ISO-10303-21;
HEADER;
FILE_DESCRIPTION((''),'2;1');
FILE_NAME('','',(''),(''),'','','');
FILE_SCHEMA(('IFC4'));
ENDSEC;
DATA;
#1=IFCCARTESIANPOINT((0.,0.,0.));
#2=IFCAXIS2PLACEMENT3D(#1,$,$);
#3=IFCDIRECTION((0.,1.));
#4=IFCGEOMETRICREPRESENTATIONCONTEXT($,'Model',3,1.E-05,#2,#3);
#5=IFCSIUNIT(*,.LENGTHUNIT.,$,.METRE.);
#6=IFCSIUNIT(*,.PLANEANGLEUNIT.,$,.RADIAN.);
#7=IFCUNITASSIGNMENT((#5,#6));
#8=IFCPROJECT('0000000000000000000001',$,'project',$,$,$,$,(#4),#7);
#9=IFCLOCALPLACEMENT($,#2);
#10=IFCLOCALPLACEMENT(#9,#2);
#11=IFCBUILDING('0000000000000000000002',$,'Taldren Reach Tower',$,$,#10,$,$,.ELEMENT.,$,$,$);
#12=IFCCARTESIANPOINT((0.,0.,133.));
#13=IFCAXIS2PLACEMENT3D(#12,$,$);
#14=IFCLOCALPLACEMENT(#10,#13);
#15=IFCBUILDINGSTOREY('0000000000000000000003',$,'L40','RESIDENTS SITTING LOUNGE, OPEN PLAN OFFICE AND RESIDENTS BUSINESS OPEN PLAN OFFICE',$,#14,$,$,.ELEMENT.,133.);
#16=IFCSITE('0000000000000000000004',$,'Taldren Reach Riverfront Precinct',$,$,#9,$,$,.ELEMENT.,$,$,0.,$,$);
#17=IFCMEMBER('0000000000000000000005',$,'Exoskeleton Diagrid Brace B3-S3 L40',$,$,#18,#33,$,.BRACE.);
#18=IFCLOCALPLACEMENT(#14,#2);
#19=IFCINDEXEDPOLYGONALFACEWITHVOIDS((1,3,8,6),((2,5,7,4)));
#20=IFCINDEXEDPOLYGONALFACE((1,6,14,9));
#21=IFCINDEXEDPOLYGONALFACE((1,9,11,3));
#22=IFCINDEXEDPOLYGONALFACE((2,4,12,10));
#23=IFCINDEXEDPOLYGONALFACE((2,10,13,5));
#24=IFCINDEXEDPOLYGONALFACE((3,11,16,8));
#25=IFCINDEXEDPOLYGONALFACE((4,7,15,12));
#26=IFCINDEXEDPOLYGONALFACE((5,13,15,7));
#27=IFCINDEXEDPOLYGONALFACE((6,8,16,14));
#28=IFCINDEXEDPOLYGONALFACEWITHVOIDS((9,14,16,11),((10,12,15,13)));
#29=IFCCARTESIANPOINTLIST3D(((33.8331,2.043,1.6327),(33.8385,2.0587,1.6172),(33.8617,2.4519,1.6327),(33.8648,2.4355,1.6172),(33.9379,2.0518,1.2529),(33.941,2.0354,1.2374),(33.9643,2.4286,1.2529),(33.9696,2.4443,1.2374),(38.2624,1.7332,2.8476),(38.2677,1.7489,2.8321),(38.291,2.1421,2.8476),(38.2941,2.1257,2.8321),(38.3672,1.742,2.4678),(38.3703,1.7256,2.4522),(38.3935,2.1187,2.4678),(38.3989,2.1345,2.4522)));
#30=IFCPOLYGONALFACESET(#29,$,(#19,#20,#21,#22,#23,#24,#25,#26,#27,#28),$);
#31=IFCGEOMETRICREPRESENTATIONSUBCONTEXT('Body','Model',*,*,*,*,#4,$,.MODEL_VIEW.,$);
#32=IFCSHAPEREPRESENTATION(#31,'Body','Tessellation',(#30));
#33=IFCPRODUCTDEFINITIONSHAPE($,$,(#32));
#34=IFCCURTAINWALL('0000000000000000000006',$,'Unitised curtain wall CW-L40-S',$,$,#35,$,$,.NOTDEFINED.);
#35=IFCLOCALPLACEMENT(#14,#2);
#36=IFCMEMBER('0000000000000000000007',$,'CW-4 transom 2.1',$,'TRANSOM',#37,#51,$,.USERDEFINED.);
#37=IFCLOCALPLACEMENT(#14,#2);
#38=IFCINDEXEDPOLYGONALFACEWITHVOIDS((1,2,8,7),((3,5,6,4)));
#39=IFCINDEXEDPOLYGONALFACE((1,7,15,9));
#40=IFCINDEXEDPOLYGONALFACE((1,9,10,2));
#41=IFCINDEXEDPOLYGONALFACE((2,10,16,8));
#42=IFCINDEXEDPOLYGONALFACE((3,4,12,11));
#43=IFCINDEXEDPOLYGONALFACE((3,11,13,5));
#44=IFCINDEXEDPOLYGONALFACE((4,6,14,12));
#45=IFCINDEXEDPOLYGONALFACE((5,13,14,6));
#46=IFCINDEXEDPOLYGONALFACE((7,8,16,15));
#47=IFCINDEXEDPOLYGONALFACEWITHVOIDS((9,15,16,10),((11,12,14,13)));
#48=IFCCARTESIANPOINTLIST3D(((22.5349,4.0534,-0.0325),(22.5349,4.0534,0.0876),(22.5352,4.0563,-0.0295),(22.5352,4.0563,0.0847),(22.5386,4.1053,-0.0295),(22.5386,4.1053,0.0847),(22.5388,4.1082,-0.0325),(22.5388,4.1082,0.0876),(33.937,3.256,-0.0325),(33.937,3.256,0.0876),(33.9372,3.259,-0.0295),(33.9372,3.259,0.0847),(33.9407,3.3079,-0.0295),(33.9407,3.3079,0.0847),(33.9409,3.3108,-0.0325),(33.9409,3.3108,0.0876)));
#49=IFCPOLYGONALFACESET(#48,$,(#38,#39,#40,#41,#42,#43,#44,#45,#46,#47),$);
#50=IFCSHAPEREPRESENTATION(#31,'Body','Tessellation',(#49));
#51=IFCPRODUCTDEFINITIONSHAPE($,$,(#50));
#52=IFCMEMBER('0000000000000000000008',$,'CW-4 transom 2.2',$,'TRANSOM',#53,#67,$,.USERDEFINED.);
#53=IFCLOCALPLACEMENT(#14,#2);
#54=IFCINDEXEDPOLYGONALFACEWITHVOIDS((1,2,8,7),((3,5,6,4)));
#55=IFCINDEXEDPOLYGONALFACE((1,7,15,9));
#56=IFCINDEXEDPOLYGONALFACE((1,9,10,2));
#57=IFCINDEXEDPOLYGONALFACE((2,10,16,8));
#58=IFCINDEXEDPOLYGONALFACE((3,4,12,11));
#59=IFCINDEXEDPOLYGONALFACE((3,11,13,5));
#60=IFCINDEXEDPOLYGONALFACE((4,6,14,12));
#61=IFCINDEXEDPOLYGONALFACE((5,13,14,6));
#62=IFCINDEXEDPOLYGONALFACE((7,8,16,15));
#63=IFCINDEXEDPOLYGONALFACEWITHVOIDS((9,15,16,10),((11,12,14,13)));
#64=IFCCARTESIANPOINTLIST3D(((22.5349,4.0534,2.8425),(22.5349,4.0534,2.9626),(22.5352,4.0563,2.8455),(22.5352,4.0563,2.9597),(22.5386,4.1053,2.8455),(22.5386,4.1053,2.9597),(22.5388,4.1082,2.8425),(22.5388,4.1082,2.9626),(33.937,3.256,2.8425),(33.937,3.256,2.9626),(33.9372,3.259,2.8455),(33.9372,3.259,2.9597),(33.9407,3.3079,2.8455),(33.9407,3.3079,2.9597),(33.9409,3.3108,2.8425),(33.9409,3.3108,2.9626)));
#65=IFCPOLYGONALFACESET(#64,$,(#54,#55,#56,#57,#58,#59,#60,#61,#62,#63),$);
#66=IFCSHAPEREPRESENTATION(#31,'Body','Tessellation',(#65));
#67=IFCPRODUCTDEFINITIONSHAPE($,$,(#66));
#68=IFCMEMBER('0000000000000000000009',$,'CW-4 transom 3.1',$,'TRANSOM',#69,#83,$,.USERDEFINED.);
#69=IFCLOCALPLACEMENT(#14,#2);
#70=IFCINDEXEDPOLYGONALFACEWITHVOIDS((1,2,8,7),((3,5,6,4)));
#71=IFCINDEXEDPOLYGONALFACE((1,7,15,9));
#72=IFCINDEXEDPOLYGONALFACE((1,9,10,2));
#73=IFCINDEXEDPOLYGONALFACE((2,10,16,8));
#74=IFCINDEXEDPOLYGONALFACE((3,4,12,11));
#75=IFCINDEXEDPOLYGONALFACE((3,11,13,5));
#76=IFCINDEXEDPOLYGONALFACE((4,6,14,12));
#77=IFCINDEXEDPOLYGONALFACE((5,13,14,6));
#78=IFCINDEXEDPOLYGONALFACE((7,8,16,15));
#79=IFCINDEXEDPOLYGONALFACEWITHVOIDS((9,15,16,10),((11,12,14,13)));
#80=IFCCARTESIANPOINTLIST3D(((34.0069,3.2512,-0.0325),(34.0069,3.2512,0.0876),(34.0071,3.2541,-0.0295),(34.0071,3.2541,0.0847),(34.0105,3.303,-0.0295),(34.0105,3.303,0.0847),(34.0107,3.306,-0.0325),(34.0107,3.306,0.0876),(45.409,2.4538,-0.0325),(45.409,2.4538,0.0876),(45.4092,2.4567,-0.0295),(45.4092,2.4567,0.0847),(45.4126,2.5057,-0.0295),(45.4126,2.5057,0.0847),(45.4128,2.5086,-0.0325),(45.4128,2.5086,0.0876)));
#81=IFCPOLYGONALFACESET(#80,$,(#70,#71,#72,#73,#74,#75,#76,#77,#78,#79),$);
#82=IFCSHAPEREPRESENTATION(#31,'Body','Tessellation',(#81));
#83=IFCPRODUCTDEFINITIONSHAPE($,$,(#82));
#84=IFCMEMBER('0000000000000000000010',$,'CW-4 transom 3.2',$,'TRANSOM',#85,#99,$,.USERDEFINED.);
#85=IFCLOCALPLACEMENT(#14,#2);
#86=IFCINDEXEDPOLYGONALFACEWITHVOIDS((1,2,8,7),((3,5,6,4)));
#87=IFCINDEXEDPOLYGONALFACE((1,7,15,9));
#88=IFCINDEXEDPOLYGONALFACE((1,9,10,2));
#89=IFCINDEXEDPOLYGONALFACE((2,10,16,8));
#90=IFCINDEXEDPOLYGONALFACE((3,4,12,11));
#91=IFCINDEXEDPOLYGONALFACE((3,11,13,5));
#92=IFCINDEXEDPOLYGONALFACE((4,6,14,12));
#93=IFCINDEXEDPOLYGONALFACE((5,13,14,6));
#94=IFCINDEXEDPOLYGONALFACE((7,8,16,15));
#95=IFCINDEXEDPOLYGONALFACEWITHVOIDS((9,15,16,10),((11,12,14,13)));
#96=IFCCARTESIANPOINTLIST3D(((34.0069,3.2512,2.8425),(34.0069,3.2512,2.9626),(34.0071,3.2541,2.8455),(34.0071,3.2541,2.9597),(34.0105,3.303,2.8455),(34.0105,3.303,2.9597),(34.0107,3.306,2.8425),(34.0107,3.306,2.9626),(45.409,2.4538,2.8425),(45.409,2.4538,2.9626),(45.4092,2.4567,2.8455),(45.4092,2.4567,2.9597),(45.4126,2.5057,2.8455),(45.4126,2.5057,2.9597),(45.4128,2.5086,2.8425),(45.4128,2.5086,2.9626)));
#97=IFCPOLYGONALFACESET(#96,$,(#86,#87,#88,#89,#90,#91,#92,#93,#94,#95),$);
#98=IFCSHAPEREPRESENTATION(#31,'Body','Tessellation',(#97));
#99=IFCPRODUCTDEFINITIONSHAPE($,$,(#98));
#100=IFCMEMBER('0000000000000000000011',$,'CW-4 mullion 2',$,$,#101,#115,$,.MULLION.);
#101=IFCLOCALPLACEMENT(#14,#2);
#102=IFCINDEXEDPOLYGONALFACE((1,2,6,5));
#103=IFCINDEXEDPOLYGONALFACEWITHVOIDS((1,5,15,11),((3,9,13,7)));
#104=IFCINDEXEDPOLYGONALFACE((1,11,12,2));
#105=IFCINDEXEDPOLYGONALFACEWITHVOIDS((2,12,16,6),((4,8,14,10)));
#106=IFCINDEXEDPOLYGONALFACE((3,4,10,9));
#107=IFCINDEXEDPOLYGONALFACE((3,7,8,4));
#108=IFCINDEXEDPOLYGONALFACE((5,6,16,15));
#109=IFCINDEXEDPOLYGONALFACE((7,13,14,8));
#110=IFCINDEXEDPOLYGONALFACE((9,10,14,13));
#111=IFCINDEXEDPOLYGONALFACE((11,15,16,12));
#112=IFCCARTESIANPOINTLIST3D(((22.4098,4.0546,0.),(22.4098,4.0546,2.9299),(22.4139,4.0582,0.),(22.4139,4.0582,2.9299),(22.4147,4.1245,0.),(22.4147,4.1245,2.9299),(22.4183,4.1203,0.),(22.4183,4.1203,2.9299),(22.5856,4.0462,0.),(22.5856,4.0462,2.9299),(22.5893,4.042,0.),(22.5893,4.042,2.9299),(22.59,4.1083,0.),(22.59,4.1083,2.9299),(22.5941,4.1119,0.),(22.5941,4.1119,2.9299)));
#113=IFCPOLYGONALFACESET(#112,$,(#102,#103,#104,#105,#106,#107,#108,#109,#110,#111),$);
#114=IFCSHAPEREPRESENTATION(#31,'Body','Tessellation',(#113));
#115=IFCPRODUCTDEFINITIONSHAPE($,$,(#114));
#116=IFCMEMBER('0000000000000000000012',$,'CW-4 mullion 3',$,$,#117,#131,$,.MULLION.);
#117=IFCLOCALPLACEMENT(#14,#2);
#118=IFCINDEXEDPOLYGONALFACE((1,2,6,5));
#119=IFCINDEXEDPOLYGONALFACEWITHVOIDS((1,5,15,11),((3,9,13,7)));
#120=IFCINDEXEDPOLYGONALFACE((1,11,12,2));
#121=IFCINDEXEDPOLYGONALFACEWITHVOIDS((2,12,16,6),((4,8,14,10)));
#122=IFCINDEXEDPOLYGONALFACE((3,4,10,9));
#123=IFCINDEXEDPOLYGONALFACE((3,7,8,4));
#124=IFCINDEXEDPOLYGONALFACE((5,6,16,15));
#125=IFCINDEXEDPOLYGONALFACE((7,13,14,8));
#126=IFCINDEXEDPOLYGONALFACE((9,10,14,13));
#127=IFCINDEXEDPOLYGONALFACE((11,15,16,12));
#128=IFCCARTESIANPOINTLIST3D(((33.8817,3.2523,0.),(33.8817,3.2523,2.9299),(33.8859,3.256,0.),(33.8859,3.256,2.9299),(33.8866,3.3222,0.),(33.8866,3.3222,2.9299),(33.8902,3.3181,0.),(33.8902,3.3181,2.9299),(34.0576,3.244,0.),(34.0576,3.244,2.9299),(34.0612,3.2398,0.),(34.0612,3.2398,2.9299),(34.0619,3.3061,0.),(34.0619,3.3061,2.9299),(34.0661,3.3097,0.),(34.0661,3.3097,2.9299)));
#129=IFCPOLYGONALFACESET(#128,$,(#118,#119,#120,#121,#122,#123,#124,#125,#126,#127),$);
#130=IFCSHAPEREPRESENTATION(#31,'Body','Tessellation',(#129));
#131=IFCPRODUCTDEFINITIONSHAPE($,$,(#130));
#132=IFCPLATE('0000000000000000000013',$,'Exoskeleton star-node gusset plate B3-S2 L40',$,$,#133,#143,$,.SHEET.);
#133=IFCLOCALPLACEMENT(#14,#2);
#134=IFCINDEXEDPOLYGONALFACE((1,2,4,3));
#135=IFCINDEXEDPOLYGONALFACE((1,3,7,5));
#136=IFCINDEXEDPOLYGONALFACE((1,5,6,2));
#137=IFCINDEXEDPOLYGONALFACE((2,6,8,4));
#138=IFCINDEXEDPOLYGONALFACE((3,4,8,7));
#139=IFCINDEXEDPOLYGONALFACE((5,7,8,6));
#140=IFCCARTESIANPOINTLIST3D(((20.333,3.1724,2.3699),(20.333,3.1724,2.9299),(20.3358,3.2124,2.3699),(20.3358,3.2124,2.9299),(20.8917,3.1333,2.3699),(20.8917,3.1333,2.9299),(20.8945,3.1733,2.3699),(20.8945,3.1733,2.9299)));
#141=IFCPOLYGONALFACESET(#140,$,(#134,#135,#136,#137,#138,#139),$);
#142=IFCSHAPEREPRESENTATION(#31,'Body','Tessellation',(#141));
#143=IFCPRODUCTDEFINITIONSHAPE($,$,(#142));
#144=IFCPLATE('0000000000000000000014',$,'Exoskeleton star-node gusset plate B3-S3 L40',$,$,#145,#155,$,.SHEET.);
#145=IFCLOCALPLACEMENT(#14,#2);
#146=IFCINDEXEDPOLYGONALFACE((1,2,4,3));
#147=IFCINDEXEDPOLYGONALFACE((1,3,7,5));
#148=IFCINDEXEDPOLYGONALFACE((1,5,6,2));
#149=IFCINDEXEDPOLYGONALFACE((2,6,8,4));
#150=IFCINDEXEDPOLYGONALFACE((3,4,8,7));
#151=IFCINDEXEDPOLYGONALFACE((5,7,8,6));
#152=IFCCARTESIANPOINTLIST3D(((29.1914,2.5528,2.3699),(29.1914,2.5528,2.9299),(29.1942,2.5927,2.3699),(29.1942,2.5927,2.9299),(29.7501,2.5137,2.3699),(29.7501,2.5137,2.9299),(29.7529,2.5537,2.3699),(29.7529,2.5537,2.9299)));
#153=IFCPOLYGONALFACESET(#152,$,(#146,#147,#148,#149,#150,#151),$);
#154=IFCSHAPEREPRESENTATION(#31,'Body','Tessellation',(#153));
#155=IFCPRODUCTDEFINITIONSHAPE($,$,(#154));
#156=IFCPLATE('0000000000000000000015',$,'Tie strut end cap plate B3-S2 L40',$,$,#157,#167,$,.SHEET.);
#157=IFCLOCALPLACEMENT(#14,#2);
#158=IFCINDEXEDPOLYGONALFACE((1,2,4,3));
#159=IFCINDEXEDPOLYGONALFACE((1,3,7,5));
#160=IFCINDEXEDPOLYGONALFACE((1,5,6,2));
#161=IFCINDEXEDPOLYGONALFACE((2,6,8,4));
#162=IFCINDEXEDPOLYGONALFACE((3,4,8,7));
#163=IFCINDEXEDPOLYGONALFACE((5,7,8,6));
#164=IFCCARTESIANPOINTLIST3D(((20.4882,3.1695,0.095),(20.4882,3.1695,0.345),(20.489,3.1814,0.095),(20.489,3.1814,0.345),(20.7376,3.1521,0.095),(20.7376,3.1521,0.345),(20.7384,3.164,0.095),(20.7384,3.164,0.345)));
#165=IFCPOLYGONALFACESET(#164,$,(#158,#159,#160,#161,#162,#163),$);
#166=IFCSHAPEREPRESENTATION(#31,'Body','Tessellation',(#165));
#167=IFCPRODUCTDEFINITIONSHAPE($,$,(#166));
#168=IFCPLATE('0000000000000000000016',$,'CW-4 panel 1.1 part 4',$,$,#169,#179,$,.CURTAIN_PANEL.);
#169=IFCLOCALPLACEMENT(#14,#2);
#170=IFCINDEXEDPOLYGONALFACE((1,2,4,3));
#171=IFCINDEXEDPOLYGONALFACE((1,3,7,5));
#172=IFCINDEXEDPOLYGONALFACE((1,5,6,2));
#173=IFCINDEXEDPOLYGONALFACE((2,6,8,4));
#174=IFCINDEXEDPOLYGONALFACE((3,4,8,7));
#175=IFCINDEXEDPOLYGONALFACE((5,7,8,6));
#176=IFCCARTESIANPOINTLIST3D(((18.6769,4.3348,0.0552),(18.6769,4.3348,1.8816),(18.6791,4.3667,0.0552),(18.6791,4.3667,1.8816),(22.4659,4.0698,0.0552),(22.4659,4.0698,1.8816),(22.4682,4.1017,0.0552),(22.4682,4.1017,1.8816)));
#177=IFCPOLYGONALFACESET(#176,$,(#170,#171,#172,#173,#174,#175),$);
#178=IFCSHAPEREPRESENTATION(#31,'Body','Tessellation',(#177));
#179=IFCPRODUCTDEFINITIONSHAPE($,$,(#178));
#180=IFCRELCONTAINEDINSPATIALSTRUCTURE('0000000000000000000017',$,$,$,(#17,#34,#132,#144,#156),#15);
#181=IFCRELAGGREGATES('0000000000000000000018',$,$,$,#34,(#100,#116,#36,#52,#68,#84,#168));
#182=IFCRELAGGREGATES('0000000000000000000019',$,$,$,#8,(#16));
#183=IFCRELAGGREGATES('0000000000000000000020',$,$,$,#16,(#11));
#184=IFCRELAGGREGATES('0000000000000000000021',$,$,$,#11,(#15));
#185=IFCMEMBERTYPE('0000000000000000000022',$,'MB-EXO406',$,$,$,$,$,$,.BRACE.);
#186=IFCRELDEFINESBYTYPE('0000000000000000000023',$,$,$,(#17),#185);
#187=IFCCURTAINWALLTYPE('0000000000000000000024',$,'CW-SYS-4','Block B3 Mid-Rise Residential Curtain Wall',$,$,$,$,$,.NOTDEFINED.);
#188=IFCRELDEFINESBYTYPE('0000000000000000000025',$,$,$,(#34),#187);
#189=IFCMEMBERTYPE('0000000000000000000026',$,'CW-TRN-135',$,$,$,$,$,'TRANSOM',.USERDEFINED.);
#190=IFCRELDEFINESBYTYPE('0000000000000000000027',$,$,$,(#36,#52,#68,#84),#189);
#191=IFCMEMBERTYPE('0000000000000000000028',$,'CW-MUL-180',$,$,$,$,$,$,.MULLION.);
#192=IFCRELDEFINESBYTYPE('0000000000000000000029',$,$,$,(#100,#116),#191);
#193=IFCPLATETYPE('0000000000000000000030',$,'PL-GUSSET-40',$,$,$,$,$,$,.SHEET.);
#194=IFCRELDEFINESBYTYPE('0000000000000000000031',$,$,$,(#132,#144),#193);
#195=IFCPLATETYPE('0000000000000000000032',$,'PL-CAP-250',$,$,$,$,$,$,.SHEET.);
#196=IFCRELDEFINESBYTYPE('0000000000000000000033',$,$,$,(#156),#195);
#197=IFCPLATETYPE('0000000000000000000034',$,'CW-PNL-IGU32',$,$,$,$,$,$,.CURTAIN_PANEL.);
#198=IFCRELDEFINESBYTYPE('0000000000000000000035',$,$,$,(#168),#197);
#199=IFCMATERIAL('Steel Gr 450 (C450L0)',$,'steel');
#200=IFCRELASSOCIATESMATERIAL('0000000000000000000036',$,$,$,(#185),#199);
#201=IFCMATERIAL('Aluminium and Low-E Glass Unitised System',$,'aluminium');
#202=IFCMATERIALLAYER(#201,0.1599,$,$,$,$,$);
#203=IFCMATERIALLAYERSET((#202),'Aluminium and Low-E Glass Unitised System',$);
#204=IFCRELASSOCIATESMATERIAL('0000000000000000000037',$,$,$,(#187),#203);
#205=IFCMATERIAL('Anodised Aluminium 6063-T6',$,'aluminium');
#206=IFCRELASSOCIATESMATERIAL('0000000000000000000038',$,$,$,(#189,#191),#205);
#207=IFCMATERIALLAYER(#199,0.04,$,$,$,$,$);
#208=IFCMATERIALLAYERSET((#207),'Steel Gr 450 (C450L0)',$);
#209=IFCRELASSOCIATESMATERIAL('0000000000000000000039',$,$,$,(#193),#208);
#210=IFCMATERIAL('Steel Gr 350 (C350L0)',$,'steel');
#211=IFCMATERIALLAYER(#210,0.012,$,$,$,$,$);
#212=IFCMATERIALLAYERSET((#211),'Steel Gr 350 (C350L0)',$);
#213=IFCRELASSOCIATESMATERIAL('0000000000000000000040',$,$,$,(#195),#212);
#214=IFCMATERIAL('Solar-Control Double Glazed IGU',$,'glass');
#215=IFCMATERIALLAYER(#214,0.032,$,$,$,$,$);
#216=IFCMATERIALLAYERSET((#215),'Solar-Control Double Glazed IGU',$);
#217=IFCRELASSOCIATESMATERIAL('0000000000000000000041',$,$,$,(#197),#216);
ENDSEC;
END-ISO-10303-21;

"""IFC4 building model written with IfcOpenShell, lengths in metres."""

from ifc_helpers import new_model, si_unit, direction, frame, origin, origin_2d, place, context, subcontext, project, spatial, rectangle, hollow_rectangle, extrude, source, transform, mapped, material, layer, layer_set, material_profile, profile_set, type_object, element, aggregate, save


model = new_model("IFC4")

# Units and contexts
model_context = context("Model", 3, precision=1e-05, world=origin(), true_north=direction((0.0, 1.0)))
body_context = subcontext(model_context, "Body", "Model", "MODEL_VIEW")
ifc_project = project(units=[si_unit("LENGTHUNIT", "METRE"), si_unit("PLANEANGLEUNIT", "RADIAN")], contexts=[model_context])

# Site, building, storey
site_placement = place(None, origin())
site = spatial("IfcSite", under=ifc_project, at=site_placement, Name="Taldren Reach Riverfront Precinct", CompositionType="ELEMENT", RefElevation=0.0)
building_placement = place(site_placement, origin())
building = spatial("IfcBuilding", under=site, at=building_placement, Name="Taldren Reach Tower", CompositionType="ELEMENT")
storey_placement = place(building_placement, frame((0.0, 0.0, 133.0)))
storey = spatial("IfcBuildingStorey", under=building, at=storey_placement, Name="L40", Description="RESIDENTS SITTING LOUNGE, OPEN PLAN OFFICE AND RESIDENTS BUSINESS OPEN PLAN OFFICE", CompositionType="ELEMENT", Elevation=133.0)

# Shared definitions
ifc_material_1 = material(Name="Steel Gr 450 (C450L0)", Category="steel")
ifc_material_2 = material(Name="Steel Gr 350 (C350L0)", Category="steel")

# Member
ifc_material_profile_1 = material_profile(ifc_material_1, hollow_rectangle(XDim=0.4099, YDim=0.4099, WallThickness=0.0161, at=origin_2d()), Name="410x410x16.0SHS")
ifc_profile_set_1 = profile_set([ifc_material_profile_1], Name="Steel Gr 450 (C450L0)")
member_type_1 = type_object("IfcMemberType", Name="MB-EXO406", PredefinedType="BRACE", material=ifc_profile_set_1)
shared_shape_1 = source(origin(), body_context, "Body", "SweptSolid", [
    extrude(hollow_rectangle(XDim=0.4099, YDim=0.4099, WallThickness=0.0161, at=origin_2d()), origin(), (0.0, 0.0, 1.0), 4.6033),
])
for number, where, z_axis, x_axis, name in (
    (1, (33.9014, 2.2437, 1.4351), (0.962196, -0.067304, 0.263912), (0.069778, 0.997563, 0.0), "Exoskeleton Diagrid Brace B3-S3 L40"),
):
    element("IfcMember", number, at=place(storey_placement, frame(where, z_axis=z_axis, x_axis=x_axis)), inside=storey, type_object=member_type_1, Name=name, PredefinedType="BRACE", context=body_context, shape_type="MappedRepresentation", body=[
        mapped(shared_shape_1, transform((0.0, 0.0, 0.0), scale=1.0)),
    ])

# Curtain wall, members
ifc_material_3 = material(Name="Aluminium and Low-E Glass Unitised System", Category="aluminium")
ifc_layer_1 = layer(ifc_material_3, 0.1599)
ifc_layer_set_1 = layer_set([ifc_layer_1], Name="Aluminium and Low-E Glass Unitised System")
curtain_wall_type = type_object("IfcCurtainWallType", Name="CW-SYS-4", Description="Block B3 Mid-Rise Residential Curtain Wall", PredefinedType="NOTDEFINED", material=ifc_layer_set_1)
curtain_wall_placement = place(storey_placement, origin())
curtain_wall = element("IfcCurtainWall", 2, at=curtain_wall_placement, inside=storey, type_object=curtain_wall_type, Name="Unitised curtain wall CW-L40-S", PredefinedType="NOTDEFINED")
ifc_material_4 = material(Name="Anodised Aluminium 6063-T6", Category="aluminium")
ifc_material_profile_2 = material_profile(ifc_material_4, hollow_rectangle(XDim=0.0549, YDim=0.1201, WallThickness=0.0029, at=origin_2d()), Name="ALU-120x55x3RHS")
ifc_profile_set_2 = profile_set([ifc_material_profile_2], Name="Anodised Aluminium 6063-T6")
member_type_2 = type_object("IfcMemberType", Name="CW-TRN-135", ElementType="TRANSOM", PredefinedType="USERDEFINED", material=ifc_profile_set_2)
shared_shape_2 = source(origin(), body_context, "Body", "SweptSolid", [
    extrude(hollow_rectangle(XDim=0.0549, YDim=0.1201, WallThickness=0.0029, at=origin_2d()), origin(), (0.0, 0.0, 1.0), 11.4299),
])
member_1_placement = place(storey_placement, frame((22.5369, 4.0808, 0.0276), z_axis=(0.997564, -0.069761, 0.0), x_axis=(0.069761, 0.997564, 0.0)))
member_1 = element("IfcMember", 3, at=member_1_placement, type_object=member_type_2, Name="CW-4 transom 2.1", ObjectType="TRANSOM", PredefinedType="USERDEFINED", context=body_context, shape_type="MappedRepresentation", body=[
    mapped(shared_shape_2, transform((0.0, 0.0, 0.0), scale=1.0)),
])
member_2_placement = place(storey_placement, frame((22.5369, 4.0808, 2.9026), z_axis=(0.997564, -0.069761, 0.0), x_axis=(0.069761, 0.997564, 0.0)))
member_2 = element("IfcMember", 4, at=member_2_placement, type_object=member_type_2, Name="CW-4 transom 2.2", ObjectType="TRANSOM", PredefinedType="USERDEFINED", context=body_context, shape_type="MappedRepresentation", body=[
    mapped(shared_shape_2, transform((0.0, 0.0, 0.0), scale=1.0)),
])
member_3_placement = place(storey_placement, frame((34.0088, 3.2786, 0.0276), z_axis=(0.997564, -0.069761, 0.0), x_axis=(0.069761, 0.997564, 0.0)))
member_3 = element("IfcMember", 5, at=member_3_placement, type_object=member_type_2, Name="CW-4 transom 3.1", ObjectType="TRANSOM", PredefinedType="USERDEFINED", context=body_context, shape_type="MappedRepresentation", body=[
    mapped(shared_shape_2, transform((0.0, 0.0, 0.0), scale=1.0)),
])
member_4_placement = place(storey_placement, frame((34.0088, 3.2786, 2.9026), z_axis=(0.997564, -0.069761, 0.0), x_axis=(0.069761, 0.997564, 0.0)))
member_4 = element("IfcMember", 6, at=member_4_placement, type_object=member_type_2, Name="CW-4 transom 3.2", ObjectType="TRANSOM", PredefinedType="USERDEFINED", context=body_context, shape_type="MappedRepresentation", body=[
    mapped(shared_shape_2, transform((0.0, 0.0, 0.0), scale=1.0)),
])
ifc_material_profile_3 = material_profile(ifc_material_4, hollow_rectangle(XDim=0.0701, YDim=0.1799, WallThickness=0.0039, at=origin_2d()), Name="ALU-180x70x4RHS")
ifc_profile_set_3 = profile_set([ifc_material_profile_3], Name="Anodised Aluminium 6063-T6")
member_type_3 = type_object("IfcMemberType", Name="CW-MUL-180", PredefinedType="MULLION", material=ifc_profile_set_3)
shared_shape_3 = source(origin(), body_context, "Body", "SweptSolid", [
    extrude(hollow_rectangle(XDim=0.0701, YDim=0.1799, WallThickness=0.0039, at=origin_2d()), origin(), (0.0, 0.0, 1.0), 2.9299),
])
member_5_placement = place(storey_placement, frame((22.502, 4.0833, 0.0), z_axis=(0.0, 0.0, 1.0), x_axis=(0.069757, 0.997564, 0.0)))
member_5 = element("IfcMember", 7, at=member_5_placement, type_object=member_type_3, Name="CW-4 mullion 2", PredefinedType="MULLION", context=body_context, shape_type="MappedRepresentation", body=[
    mapped(shared_shape_3, transform((0.0, 0.0, 0.0), scale=1.0)),
])
member_6_placement = place(storey_placement, frame((33.9739, 3.281, 0.0), z_axis=(0.0, 0.0, 1.0), x_axis=(0.069757, 0.997564, 0.0)))
member_6 = element("IfcMember", 8, at=member_6_placement, type_object=member_type_3, Name="CW-4 mullion 3", PredefinedType="MULLION", context=body_context, shape_type="MappedRepresentation", body=[
    mapped(shared_shape_3, transform((0.0, 0.0, 0.0), scale=1.0)),
])

# Plates
ifc_layer_2 = layer(ifc_material_1, 0.04)
ifc_layer_set_2 = layer_set([ifc_layer_2], Name="Steel Gr 450 (C450L0)")
plate_type_1 = type_object("IfcPlateType", Name="PL-GUSSET-40", PredefinedType="SHEET", material=ifc_layer_set_2)
shared_shape_4 = source(origin(), body_context, "Body", "SweptSolid", [
    extrude(rectangle(XDim=0.5601, YDim=0.04, at=origin_2d()), origin(), (0.0, 0.0, 1.0), 0.5601),
])
for number, where, z_axis, x_axis, name in (
    (9, (20.6138, 3.1729, 2.3699), (0.0, 0.0, 1.0), (0.997564, -0.069756, 0.0), "Exoskeleton star-node gusset plate B3-S2 L40"),
    (10, (29.4722, 2.5532, 2.3699), (0.0, 0.0, 1.0), (0.997564, -0.069756, 0.0), "Exoskeleton star-node gusset plate B3-S3 L40"),
):
    element("IfcPlate", number, at=place(storey_placement, frame(where, z_axis=z_axis, x_axis=x_axis)), inside=storey, type_object=plate_type_1, Name=name, PredefinedType="SHEET", context=body_context, shape_type="MappedRepresentation", body=[
        mapped(shared_shape_4, transform((0.0, 0.0, 0.0), scale=1.0)),
    ])
ifc_layer_3 = layer(ifc_material_2, 0.012)
ifc_layer_set_3 = layer_set([ifc_layer_3], Name="Steel Gr 350 (C350L0)")
plate_type_2 = type_object("IfcPlateType", Name="PL-CAP-250", PredefinedType="SHEET", material=ifc_layer_set_3)
shared_shape_5 = source(origin(), body_context, "Body", "SweptSolid", [
    extrude(rectangle(XDim=0.25, YDim=0.012, at=origin_2d()), origin(), (0.0, 0.0, 1.0), 0.25),
])
plate_1_placement = place(storey_placement, frame((20.6133, 3.1667, 0.095), z_axis=(0.0, 0.0, 1.0), x_axis=(0.997564, -0.069756, 0.0)))
element("IfcPlate", 11, at=plate_1_placement, inside=storey, type_object=plate_type_2, Name="Tie strut end cap plate B3-S2 L40", PredefinedType="SHEET", context=body_context, shape_type="MappedRepresentation", body=[
    mapped(shared_shape_5, transform((0.0, 0.0, 0.0), scale=1.0)),
])

# Plate
ifc_material_5 = material(Name="Solar-Control Double Glazed IGU", Category="glass")
ifc_layer_4 = layer(ifc_material_5, 0.032)
ifc_layer_set_4 = layer_set([ifc_layer_4], Name="Solar-Control Double Glazed IGU")
plate_type_3 = type_object("IfcPlateType", Name="CW-PNL-IGU32", PredefinedType="CURTAIN_PANEL", material=ifc_layer_set_4)
shared_shape_6 = source(origin(), body_context, "Body", "SweptSolid", [
    extrude(rectangle(XDim=3.7983, YDim=0.032, at=origin_2d()), origin(), (0.0, 0.0, 1.0), 1.8264),
])
plate_2_placement = place(storey_placement, frame((20.5725, 4.2183, 0.0552), z_axis=(0.0, 0.0, 1.0), x_axis=(0.997564, -0.069757, 0.0)))
plate_2 = element("IfcPlate", 12, at=plate_2_placement, type_object=plate_type_3, Name="CW-4 panel 1.1 part 4", PredefinedType="CURTAIN_PANEL", context=body_context, shape_type="MappedRepresentation", body=[
    mapped(shared_shape_6, transform((0.0, 0.0, 0.0), scale=1.0)),
])
aggregate(curtain_wall, [member_5, member_6, member_1, member_2, member_3, member_4, plate_2])

save(model, "model.ifc")
